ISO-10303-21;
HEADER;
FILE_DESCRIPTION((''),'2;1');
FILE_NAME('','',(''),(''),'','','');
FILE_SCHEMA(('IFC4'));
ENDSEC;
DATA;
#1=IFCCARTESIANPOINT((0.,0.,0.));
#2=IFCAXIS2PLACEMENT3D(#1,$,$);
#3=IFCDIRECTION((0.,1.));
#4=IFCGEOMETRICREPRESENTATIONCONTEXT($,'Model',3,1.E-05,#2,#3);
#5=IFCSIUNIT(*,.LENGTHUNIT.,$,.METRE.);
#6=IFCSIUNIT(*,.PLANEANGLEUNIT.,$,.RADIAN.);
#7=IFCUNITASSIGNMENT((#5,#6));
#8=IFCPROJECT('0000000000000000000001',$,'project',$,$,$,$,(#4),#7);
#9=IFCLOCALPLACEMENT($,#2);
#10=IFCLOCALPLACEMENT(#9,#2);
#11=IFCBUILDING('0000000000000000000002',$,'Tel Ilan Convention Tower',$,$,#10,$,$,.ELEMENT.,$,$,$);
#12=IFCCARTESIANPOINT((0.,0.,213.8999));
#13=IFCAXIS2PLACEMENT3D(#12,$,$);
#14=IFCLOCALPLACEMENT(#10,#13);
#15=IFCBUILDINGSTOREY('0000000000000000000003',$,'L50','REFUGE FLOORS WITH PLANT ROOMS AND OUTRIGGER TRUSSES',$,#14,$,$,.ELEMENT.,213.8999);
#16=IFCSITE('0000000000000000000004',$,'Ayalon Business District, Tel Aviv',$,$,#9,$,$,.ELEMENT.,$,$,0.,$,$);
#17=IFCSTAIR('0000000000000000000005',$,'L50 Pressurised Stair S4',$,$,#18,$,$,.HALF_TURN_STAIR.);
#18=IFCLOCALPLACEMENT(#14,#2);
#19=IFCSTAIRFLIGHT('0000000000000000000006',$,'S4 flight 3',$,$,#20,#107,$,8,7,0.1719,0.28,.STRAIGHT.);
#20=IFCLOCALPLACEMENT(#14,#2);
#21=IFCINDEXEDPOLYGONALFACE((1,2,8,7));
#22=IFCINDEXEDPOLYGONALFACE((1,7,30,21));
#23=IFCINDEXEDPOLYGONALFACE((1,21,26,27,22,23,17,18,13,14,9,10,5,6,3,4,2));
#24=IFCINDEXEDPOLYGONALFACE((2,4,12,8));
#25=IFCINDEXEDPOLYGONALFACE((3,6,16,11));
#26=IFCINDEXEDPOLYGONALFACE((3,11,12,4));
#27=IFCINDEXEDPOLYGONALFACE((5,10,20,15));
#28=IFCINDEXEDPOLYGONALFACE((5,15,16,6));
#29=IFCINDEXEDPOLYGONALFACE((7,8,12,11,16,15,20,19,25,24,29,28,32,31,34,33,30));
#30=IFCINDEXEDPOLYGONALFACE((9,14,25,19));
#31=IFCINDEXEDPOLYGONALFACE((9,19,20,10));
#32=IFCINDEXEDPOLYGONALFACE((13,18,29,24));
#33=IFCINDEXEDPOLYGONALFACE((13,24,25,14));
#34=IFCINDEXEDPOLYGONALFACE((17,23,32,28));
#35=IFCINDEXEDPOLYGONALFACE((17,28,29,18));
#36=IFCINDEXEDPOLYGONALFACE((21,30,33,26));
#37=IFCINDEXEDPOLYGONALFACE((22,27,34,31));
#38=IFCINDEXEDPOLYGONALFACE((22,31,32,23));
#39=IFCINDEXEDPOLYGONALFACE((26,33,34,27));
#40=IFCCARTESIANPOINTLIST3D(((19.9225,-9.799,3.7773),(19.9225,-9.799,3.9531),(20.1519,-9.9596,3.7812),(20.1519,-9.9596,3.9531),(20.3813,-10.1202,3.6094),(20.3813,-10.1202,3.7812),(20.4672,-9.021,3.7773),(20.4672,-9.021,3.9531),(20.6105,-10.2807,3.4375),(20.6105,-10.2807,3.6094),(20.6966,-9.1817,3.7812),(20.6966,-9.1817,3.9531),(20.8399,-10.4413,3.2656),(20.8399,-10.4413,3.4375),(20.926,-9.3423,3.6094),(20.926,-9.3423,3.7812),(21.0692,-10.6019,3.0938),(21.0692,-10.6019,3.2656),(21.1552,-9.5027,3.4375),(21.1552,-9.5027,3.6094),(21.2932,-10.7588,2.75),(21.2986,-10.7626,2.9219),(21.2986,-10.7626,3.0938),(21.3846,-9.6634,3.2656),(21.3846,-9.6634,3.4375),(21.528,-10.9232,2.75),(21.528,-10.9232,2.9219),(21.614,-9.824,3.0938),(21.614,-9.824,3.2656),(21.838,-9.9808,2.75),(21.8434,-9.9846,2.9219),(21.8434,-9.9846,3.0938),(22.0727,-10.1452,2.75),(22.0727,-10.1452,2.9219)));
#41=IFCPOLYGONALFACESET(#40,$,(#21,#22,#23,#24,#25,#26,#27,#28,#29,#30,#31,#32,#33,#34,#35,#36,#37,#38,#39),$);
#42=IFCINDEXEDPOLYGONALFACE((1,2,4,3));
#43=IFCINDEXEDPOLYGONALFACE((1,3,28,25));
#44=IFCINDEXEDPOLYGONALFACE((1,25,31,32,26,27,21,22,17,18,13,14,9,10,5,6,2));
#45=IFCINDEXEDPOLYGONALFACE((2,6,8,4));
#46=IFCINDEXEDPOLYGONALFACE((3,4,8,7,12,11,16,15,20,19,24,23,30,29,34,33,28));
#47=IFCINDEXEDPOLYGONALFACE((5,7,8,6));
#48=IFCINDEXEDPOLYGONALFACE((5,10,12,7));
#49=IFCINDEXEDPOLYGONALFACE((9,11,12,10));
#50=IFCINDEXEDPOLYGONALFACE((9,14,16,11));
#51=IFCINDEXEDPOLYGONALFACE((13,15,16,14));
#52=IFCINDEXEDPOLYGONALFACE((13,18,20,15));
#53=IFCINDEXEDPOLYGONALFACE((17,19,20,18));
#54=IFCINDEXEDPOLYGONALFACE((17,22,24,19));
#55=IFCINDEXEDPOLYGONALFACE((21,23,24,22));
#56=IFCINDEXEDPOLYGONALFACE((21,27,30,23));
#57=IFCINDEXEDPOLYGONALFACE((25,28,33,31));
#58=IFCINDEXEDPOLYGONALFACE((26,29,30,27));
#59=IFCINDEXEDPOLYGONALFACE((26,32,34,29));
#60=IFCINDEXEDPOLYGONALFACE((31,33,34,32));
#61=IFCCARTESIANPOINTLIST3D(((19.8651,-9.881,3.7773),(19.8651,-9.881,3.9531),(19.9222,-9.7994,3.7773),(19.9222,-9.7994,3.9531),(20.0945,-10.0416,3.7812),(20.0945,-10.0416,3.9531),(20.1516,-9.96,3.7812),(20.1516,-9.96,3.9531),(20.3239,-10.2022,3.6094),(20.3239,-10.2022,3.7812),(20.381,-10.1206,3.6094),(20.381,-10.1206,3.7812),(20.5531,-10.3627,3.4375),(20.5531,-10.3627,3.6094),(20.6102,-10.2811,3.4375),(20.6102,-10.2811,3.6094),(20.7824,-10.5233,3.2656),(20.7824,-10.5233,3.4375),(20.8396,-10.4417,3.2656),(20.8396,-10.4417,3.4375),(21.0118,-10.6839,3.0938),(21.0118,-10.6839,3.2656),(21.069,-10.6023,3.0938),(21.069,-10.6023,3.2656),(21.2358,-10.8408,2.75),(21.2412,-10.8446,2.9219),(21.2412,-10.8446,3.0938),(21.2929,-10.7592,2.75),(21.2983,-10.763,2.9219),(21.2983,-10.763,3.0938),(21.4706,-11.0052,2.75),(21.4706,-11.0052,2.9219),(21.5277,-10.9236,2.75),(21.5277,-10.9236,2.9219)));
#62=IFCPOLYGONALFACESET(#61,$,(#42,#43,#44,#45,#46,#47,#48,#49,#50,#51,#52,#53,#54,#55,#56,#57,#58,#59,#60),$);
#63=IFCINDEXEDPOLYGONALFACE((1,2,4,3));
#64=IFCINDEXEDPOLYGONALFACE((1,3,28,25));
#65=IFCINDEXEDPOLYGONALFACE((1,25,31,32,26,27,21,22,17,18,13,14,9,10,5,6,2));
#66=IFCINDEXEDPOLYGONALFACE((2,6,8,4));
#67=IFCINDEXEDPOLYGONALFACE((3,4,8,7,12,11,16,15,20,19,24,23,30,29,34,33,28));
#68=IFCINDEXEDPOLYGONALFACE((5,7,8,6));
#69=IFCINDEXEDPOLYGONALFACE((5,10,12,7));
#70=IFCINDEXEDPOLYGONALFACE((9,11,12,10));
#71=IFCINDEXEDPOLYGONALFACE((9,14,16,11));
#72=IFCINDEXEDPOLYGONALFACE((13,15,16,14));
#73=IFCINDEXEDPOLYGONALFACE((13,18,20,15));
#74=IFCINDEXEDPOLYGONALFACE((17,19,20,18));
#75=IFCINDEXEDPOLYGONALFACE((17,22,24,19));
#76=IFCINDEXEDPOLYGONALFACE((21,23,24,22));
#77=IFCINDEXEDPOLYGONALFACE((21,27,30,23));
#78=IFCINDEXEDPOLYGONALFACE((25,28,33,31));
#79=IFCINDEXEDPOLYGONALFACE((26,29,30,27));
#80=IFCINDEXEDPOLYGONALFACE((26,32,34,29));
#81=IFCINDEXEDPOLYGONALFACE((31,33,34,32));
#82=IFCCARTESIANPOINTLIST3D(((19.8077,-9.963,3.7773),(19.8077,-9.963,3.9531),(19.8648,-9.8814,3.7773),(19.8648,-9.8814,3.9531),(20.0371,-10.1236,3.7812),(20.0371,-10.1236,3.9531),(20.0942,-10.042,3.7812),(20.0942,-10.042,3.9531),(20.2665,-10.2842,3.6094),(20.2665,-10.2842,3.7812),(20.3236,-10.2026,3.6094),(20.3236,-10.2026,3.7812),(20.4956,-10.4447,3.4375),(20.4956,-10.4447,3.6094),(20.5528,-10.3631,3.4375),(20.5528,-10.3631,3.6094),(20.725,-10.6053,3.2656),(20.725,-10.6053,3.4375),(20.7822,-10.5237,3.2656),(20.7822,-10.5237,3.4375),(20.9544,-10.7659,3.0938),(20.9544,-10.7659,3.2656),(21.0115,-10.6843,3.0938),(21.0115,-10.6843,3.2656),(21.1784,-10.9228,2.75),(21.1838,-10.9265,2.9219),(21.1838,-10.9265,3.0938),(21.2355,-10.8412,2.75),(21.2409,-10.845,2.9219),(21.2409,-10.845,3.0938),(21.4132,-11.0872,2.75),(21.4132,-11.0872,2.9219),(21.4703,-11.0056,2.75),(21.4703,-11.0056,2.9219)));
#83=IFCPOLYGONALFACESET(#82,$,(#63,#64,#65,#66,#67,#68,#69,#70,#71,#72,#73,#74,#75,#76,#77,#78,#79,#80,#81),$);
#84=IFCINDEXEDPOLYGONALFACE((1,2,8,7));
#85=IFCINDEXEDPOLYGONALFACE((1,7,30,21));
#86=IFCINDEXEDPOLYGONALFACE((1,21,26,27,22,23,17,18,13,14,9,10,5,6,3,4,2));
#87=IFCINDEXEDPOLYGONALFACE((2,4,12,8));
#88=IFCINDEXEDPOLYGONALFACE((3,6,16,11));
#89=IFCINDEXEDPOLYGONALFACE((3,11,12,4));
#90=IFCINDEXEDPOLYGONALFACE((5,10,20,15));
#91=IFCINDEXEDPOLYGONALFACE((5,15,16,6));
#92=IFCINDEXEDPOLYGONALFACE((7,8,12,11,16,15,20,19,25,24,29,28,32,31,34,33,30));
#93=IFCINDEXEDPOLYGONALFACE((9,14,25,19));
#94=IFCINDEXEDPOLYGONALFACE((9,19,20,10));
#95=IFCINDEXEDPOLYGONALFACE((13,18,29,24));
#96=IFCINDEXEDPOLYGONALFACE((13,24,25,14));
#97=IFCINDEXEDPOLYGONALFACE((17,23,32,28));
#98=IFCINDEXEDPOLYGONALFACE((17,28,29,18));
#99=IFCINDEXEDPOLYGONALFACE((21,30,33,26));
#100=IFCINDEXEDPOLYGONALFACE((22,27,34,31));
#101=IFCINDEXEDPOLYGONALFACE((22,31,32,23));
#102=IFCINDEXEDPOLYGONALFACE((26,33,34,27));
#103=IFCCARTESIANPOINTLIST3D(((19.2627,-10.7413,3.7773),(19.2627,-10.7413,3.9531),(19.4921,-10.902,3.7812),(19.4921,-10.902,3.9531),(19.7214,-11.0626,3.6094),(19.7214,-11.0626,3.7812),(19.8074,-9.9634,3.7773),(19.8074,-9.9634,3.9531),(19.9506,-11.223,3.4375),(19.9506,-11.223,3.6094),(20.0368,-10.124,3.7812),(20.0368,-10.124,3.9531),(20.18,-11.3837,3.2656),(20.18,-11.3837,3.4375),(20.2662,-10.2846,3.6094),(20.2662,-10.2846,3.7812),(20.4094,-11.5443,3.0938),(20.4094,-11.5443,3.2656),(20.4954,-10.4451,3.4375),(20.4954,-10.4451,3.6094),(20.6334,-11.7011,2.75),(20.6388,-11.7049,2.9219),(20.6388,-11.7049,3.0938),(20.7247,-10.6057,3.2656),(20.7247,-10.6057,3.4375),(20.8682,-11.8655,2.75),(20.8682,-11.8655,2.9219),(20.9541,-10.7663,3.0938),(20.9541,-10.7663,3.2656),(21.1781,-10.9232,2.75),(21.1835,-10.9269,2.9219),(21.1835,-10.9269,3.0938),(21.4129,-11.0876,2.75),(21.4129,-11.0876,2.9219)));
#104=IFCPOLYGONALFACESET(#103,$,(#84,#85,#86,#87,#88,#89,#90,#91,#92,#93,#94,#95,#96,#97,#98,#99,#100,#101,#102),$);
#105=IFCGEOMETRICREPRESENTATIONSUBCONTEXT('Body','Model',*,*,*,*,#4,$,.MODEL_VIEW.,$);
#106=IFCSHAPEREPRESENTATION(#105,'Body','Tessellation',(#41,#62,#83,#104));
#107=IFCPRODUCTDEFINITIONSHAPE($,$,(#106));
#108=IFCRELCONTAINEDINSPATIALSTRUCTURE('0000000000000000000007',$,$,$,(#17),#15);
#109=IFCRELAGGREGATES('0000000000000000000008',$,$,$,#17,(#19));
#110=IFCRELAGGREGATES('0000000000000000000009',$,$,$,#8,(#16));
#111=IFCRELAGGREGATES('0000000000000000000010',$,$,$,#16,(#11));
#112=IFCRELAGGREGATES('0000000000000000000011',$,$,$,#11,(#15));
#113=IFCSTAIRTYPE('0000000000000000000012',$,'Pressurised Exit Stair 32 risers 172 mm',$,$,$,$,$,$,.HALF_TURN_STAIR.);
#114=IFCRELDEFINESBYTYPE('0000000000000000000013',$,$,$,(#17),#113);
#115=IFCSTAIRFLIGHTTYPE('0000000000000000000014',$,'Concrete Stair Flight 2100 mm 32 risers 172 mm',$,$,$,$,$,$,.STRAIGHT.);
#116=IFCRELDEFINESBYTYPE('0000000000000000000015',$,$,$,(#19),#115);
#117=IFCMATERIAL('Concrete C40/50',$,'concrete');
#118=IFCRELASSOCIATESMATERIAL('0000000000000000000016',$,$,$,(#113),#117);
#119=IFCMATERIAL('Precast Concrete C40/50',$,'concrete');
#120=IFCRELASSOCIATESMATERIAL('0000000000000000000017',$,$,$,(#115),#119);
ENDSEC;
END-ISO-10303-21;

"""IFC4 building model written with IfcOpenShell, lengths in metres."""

from ifc_helpers import new_model, si_unit, direction, frame, origin, place, context, subcontext, project, spatial, polyline, outline, extrude, material, type_object, element, aggregate, save


model = new_model("IFC4")

# Units and contexts
model_context = context("Model", 3, precision=1e-05, world=origin(), true_north=direction((0.0, 1.0)))
body_context = subcontext(model_context, "Body", "Model", "MODEL_VIEW")
ifc_project = project(units=[si_unit("LENGTHUNIT", "METRE"), si_unit("PLANEANGLEUNIT", "RADIAN")], contexts=[model_context])

# Site, building, storey
site_placement = place(None, origin())
site = spatial("IfcSite", under=ifc_project, at=site_placement, Name="Ayalon Business District, Tel Aviv", CompositionType="ELEMENT", RefElevation=0.0)
building_placement = place(site_placement, origin())
building = spatial("IfcBuilding", under=site, at=building_placement, Name="Tel Ilan Convention Tower", CompositionType="ELEMENT")
storey_placement = place(building_placement, frame((0.0, 0.0, 213.8999)))
storey = spatial("IfcBuildingStorey", under=building, at=storey_placement, Name="L50", Description="REFUGE FLOORS WITH PLANT ROOMS AND OUTRIGGER TRUSSES", CompositionType="ELEMENT", Elevation=213.8999)

# Stair, stair flight
ifc_material_1 = material(Name="Concrete C40/50", Category="concrete")
stair_type = type_object("IfcStairType", Name="Pressurised Exit Stair 32 risers 172 mm", PredefinedType="HALF_TURN_STAIR", material=ifc_material_1)
ifc_material_2 = material(Name="Precast Concrete C40/50", Category="concrete")
stair_flight_type = type_object("IfcStairFlightType", Name="Concrete Stair Flight 2100 mm 32 risers 172 mm", PredefinedType="STRAIGHT", material=ifc_material_2)
stair_1_placement = place(storey_placement, origin())
stair_1 = element("IfcStair", 1, at=stair_1_placement, inside=storey, type_object=stair_type, Name="L50 Pressurised Stair S4", PredefinedType="HALF_TURN_STAIR")
stair_flight_1_placement = place(storey_placement, frame((21.4705, -11.0054, 2.75), z_axis=(0.0, 0.0, 1.0), x_axis=(-0.819152, 0.573576, 0.0)))
stair_flight_1 = element("IfcStairFlight", 2, at=stair_flight_1_placement, type_object=stair_flight_type, Name="S4 flight 3", NumberOfRisers=8, NumberOfTreads=7, PredefinedType="STRAIGHT", RiserHeight=0.1719, TreadLength=0.28, context=body_context, shape_type="SweptSolid", body=[
    extrude(outline(polyline([(0.0, 0.0), (0.0, 0.1719), (0.28, 0.1719), (0.28, 0.3438), (0.5601, 0.3438), (0.5601, 0.5156), (0.8401, 0.5156), (0.8401, 0.6875), (1.1201, 0.6875), (1.1201, 0.8594), (1.3999, 0.8594), (1.3999, 1.0312), (1.6799, 1.0312), (1.6799, 1.2031), (1.96, 1.2031), (1.96, 1.375), (1.96, 1.0273), (0.2866, 0.0), (0.0, 0.0)])), frame((0.0, -0.1003, 0.0), z_axis=(0.0, -1.0, 0.0), x_axis=(1.0, 0.0, 0.0)), (0.0, 0.0, 1.0), 0.9497),
    extrude(outline(polyline([(0.0, 0.0), (0.0, 0.1719), (0.28, 0.1719), (0.28, 0.3438), (0.5601, 0.3438), (0.5601, 0.5156), (0.8401, 0.5156), (0.8401, 0.6875), (1.1201, 0.6875), (1.1201, 0.8594), (1.3999, 0.8594), (1.3999, 1.0312), (1.6799, 1.0312), (1.6799, 1.2031), (1.96, 1.2031), (1.96, 1.375), (1.96, 1.0273), (0.2866, 0.0), (0.0, 0.0)])), frame((0.0, -0.0002, 0.0), z_axis=(0.0, -1.0, 0.0), x_axis=(1.0, 0.0, 0.0)), (0.0, 0.0, 1.0), 0.0996),
    extrude(outline(polyline([(0.0, 0.0), (0.0, 0.1719), (0.28, 0.1719), (0.28, 0.3438), (0.5601, 0.3438), (0.5601, 0.5156), (0.8401, 0.5156), (0.8401, 0.6875), (1.1201, 0.6875), (1.1201, 0.8594), (1.3999, 0.8594), (1.3999, 1.0312), (1.6799, 1.0312), (1.6799, 1.2031), (1.96, 1.2031), (1.96, 1.375), (1.96, 1.0273), (0.2866, 0.0), (0.0, 0.0)])), frame((0.0, 0.0999, 0.0), z_axis=(0.0, -1.0, 0.0), x_axis=(1.0, 0.0, 0.0)), (0.0, 0.0, 1.0), 0.0996),
    extrude(outline(polyline([(0.0, 0.0), (0.0, 0.1719), (0.28, 0.1719), (0.28, 0.3438), (0.5601, 0.3438), (0.5601, 0.5156), (0.8401, 0.5156), (0.8401, 0.6875), (1.1201, 0.6875), (1.1201, 0.8594), (1.3999, 0.8594), (1.3999, 1.0312), (1.6799, 1.0312), (1.6799, 1.2031), (1.96, 1.2031), (1.96, 1.375), (1.96, 1.0273), (0.2866, 0.0), (0.0, 0.0)])), frame((0.0, 1.05, 0.0), z_axis=(0.0, -1.0, 0.0), x_axis=(1.0, 0.0, 0.0)), (0.0, 0.0, 1.0), 0.9497),
])
aggregate(stair_1, [stair_flight_1])

save(model, "model.ifc")
